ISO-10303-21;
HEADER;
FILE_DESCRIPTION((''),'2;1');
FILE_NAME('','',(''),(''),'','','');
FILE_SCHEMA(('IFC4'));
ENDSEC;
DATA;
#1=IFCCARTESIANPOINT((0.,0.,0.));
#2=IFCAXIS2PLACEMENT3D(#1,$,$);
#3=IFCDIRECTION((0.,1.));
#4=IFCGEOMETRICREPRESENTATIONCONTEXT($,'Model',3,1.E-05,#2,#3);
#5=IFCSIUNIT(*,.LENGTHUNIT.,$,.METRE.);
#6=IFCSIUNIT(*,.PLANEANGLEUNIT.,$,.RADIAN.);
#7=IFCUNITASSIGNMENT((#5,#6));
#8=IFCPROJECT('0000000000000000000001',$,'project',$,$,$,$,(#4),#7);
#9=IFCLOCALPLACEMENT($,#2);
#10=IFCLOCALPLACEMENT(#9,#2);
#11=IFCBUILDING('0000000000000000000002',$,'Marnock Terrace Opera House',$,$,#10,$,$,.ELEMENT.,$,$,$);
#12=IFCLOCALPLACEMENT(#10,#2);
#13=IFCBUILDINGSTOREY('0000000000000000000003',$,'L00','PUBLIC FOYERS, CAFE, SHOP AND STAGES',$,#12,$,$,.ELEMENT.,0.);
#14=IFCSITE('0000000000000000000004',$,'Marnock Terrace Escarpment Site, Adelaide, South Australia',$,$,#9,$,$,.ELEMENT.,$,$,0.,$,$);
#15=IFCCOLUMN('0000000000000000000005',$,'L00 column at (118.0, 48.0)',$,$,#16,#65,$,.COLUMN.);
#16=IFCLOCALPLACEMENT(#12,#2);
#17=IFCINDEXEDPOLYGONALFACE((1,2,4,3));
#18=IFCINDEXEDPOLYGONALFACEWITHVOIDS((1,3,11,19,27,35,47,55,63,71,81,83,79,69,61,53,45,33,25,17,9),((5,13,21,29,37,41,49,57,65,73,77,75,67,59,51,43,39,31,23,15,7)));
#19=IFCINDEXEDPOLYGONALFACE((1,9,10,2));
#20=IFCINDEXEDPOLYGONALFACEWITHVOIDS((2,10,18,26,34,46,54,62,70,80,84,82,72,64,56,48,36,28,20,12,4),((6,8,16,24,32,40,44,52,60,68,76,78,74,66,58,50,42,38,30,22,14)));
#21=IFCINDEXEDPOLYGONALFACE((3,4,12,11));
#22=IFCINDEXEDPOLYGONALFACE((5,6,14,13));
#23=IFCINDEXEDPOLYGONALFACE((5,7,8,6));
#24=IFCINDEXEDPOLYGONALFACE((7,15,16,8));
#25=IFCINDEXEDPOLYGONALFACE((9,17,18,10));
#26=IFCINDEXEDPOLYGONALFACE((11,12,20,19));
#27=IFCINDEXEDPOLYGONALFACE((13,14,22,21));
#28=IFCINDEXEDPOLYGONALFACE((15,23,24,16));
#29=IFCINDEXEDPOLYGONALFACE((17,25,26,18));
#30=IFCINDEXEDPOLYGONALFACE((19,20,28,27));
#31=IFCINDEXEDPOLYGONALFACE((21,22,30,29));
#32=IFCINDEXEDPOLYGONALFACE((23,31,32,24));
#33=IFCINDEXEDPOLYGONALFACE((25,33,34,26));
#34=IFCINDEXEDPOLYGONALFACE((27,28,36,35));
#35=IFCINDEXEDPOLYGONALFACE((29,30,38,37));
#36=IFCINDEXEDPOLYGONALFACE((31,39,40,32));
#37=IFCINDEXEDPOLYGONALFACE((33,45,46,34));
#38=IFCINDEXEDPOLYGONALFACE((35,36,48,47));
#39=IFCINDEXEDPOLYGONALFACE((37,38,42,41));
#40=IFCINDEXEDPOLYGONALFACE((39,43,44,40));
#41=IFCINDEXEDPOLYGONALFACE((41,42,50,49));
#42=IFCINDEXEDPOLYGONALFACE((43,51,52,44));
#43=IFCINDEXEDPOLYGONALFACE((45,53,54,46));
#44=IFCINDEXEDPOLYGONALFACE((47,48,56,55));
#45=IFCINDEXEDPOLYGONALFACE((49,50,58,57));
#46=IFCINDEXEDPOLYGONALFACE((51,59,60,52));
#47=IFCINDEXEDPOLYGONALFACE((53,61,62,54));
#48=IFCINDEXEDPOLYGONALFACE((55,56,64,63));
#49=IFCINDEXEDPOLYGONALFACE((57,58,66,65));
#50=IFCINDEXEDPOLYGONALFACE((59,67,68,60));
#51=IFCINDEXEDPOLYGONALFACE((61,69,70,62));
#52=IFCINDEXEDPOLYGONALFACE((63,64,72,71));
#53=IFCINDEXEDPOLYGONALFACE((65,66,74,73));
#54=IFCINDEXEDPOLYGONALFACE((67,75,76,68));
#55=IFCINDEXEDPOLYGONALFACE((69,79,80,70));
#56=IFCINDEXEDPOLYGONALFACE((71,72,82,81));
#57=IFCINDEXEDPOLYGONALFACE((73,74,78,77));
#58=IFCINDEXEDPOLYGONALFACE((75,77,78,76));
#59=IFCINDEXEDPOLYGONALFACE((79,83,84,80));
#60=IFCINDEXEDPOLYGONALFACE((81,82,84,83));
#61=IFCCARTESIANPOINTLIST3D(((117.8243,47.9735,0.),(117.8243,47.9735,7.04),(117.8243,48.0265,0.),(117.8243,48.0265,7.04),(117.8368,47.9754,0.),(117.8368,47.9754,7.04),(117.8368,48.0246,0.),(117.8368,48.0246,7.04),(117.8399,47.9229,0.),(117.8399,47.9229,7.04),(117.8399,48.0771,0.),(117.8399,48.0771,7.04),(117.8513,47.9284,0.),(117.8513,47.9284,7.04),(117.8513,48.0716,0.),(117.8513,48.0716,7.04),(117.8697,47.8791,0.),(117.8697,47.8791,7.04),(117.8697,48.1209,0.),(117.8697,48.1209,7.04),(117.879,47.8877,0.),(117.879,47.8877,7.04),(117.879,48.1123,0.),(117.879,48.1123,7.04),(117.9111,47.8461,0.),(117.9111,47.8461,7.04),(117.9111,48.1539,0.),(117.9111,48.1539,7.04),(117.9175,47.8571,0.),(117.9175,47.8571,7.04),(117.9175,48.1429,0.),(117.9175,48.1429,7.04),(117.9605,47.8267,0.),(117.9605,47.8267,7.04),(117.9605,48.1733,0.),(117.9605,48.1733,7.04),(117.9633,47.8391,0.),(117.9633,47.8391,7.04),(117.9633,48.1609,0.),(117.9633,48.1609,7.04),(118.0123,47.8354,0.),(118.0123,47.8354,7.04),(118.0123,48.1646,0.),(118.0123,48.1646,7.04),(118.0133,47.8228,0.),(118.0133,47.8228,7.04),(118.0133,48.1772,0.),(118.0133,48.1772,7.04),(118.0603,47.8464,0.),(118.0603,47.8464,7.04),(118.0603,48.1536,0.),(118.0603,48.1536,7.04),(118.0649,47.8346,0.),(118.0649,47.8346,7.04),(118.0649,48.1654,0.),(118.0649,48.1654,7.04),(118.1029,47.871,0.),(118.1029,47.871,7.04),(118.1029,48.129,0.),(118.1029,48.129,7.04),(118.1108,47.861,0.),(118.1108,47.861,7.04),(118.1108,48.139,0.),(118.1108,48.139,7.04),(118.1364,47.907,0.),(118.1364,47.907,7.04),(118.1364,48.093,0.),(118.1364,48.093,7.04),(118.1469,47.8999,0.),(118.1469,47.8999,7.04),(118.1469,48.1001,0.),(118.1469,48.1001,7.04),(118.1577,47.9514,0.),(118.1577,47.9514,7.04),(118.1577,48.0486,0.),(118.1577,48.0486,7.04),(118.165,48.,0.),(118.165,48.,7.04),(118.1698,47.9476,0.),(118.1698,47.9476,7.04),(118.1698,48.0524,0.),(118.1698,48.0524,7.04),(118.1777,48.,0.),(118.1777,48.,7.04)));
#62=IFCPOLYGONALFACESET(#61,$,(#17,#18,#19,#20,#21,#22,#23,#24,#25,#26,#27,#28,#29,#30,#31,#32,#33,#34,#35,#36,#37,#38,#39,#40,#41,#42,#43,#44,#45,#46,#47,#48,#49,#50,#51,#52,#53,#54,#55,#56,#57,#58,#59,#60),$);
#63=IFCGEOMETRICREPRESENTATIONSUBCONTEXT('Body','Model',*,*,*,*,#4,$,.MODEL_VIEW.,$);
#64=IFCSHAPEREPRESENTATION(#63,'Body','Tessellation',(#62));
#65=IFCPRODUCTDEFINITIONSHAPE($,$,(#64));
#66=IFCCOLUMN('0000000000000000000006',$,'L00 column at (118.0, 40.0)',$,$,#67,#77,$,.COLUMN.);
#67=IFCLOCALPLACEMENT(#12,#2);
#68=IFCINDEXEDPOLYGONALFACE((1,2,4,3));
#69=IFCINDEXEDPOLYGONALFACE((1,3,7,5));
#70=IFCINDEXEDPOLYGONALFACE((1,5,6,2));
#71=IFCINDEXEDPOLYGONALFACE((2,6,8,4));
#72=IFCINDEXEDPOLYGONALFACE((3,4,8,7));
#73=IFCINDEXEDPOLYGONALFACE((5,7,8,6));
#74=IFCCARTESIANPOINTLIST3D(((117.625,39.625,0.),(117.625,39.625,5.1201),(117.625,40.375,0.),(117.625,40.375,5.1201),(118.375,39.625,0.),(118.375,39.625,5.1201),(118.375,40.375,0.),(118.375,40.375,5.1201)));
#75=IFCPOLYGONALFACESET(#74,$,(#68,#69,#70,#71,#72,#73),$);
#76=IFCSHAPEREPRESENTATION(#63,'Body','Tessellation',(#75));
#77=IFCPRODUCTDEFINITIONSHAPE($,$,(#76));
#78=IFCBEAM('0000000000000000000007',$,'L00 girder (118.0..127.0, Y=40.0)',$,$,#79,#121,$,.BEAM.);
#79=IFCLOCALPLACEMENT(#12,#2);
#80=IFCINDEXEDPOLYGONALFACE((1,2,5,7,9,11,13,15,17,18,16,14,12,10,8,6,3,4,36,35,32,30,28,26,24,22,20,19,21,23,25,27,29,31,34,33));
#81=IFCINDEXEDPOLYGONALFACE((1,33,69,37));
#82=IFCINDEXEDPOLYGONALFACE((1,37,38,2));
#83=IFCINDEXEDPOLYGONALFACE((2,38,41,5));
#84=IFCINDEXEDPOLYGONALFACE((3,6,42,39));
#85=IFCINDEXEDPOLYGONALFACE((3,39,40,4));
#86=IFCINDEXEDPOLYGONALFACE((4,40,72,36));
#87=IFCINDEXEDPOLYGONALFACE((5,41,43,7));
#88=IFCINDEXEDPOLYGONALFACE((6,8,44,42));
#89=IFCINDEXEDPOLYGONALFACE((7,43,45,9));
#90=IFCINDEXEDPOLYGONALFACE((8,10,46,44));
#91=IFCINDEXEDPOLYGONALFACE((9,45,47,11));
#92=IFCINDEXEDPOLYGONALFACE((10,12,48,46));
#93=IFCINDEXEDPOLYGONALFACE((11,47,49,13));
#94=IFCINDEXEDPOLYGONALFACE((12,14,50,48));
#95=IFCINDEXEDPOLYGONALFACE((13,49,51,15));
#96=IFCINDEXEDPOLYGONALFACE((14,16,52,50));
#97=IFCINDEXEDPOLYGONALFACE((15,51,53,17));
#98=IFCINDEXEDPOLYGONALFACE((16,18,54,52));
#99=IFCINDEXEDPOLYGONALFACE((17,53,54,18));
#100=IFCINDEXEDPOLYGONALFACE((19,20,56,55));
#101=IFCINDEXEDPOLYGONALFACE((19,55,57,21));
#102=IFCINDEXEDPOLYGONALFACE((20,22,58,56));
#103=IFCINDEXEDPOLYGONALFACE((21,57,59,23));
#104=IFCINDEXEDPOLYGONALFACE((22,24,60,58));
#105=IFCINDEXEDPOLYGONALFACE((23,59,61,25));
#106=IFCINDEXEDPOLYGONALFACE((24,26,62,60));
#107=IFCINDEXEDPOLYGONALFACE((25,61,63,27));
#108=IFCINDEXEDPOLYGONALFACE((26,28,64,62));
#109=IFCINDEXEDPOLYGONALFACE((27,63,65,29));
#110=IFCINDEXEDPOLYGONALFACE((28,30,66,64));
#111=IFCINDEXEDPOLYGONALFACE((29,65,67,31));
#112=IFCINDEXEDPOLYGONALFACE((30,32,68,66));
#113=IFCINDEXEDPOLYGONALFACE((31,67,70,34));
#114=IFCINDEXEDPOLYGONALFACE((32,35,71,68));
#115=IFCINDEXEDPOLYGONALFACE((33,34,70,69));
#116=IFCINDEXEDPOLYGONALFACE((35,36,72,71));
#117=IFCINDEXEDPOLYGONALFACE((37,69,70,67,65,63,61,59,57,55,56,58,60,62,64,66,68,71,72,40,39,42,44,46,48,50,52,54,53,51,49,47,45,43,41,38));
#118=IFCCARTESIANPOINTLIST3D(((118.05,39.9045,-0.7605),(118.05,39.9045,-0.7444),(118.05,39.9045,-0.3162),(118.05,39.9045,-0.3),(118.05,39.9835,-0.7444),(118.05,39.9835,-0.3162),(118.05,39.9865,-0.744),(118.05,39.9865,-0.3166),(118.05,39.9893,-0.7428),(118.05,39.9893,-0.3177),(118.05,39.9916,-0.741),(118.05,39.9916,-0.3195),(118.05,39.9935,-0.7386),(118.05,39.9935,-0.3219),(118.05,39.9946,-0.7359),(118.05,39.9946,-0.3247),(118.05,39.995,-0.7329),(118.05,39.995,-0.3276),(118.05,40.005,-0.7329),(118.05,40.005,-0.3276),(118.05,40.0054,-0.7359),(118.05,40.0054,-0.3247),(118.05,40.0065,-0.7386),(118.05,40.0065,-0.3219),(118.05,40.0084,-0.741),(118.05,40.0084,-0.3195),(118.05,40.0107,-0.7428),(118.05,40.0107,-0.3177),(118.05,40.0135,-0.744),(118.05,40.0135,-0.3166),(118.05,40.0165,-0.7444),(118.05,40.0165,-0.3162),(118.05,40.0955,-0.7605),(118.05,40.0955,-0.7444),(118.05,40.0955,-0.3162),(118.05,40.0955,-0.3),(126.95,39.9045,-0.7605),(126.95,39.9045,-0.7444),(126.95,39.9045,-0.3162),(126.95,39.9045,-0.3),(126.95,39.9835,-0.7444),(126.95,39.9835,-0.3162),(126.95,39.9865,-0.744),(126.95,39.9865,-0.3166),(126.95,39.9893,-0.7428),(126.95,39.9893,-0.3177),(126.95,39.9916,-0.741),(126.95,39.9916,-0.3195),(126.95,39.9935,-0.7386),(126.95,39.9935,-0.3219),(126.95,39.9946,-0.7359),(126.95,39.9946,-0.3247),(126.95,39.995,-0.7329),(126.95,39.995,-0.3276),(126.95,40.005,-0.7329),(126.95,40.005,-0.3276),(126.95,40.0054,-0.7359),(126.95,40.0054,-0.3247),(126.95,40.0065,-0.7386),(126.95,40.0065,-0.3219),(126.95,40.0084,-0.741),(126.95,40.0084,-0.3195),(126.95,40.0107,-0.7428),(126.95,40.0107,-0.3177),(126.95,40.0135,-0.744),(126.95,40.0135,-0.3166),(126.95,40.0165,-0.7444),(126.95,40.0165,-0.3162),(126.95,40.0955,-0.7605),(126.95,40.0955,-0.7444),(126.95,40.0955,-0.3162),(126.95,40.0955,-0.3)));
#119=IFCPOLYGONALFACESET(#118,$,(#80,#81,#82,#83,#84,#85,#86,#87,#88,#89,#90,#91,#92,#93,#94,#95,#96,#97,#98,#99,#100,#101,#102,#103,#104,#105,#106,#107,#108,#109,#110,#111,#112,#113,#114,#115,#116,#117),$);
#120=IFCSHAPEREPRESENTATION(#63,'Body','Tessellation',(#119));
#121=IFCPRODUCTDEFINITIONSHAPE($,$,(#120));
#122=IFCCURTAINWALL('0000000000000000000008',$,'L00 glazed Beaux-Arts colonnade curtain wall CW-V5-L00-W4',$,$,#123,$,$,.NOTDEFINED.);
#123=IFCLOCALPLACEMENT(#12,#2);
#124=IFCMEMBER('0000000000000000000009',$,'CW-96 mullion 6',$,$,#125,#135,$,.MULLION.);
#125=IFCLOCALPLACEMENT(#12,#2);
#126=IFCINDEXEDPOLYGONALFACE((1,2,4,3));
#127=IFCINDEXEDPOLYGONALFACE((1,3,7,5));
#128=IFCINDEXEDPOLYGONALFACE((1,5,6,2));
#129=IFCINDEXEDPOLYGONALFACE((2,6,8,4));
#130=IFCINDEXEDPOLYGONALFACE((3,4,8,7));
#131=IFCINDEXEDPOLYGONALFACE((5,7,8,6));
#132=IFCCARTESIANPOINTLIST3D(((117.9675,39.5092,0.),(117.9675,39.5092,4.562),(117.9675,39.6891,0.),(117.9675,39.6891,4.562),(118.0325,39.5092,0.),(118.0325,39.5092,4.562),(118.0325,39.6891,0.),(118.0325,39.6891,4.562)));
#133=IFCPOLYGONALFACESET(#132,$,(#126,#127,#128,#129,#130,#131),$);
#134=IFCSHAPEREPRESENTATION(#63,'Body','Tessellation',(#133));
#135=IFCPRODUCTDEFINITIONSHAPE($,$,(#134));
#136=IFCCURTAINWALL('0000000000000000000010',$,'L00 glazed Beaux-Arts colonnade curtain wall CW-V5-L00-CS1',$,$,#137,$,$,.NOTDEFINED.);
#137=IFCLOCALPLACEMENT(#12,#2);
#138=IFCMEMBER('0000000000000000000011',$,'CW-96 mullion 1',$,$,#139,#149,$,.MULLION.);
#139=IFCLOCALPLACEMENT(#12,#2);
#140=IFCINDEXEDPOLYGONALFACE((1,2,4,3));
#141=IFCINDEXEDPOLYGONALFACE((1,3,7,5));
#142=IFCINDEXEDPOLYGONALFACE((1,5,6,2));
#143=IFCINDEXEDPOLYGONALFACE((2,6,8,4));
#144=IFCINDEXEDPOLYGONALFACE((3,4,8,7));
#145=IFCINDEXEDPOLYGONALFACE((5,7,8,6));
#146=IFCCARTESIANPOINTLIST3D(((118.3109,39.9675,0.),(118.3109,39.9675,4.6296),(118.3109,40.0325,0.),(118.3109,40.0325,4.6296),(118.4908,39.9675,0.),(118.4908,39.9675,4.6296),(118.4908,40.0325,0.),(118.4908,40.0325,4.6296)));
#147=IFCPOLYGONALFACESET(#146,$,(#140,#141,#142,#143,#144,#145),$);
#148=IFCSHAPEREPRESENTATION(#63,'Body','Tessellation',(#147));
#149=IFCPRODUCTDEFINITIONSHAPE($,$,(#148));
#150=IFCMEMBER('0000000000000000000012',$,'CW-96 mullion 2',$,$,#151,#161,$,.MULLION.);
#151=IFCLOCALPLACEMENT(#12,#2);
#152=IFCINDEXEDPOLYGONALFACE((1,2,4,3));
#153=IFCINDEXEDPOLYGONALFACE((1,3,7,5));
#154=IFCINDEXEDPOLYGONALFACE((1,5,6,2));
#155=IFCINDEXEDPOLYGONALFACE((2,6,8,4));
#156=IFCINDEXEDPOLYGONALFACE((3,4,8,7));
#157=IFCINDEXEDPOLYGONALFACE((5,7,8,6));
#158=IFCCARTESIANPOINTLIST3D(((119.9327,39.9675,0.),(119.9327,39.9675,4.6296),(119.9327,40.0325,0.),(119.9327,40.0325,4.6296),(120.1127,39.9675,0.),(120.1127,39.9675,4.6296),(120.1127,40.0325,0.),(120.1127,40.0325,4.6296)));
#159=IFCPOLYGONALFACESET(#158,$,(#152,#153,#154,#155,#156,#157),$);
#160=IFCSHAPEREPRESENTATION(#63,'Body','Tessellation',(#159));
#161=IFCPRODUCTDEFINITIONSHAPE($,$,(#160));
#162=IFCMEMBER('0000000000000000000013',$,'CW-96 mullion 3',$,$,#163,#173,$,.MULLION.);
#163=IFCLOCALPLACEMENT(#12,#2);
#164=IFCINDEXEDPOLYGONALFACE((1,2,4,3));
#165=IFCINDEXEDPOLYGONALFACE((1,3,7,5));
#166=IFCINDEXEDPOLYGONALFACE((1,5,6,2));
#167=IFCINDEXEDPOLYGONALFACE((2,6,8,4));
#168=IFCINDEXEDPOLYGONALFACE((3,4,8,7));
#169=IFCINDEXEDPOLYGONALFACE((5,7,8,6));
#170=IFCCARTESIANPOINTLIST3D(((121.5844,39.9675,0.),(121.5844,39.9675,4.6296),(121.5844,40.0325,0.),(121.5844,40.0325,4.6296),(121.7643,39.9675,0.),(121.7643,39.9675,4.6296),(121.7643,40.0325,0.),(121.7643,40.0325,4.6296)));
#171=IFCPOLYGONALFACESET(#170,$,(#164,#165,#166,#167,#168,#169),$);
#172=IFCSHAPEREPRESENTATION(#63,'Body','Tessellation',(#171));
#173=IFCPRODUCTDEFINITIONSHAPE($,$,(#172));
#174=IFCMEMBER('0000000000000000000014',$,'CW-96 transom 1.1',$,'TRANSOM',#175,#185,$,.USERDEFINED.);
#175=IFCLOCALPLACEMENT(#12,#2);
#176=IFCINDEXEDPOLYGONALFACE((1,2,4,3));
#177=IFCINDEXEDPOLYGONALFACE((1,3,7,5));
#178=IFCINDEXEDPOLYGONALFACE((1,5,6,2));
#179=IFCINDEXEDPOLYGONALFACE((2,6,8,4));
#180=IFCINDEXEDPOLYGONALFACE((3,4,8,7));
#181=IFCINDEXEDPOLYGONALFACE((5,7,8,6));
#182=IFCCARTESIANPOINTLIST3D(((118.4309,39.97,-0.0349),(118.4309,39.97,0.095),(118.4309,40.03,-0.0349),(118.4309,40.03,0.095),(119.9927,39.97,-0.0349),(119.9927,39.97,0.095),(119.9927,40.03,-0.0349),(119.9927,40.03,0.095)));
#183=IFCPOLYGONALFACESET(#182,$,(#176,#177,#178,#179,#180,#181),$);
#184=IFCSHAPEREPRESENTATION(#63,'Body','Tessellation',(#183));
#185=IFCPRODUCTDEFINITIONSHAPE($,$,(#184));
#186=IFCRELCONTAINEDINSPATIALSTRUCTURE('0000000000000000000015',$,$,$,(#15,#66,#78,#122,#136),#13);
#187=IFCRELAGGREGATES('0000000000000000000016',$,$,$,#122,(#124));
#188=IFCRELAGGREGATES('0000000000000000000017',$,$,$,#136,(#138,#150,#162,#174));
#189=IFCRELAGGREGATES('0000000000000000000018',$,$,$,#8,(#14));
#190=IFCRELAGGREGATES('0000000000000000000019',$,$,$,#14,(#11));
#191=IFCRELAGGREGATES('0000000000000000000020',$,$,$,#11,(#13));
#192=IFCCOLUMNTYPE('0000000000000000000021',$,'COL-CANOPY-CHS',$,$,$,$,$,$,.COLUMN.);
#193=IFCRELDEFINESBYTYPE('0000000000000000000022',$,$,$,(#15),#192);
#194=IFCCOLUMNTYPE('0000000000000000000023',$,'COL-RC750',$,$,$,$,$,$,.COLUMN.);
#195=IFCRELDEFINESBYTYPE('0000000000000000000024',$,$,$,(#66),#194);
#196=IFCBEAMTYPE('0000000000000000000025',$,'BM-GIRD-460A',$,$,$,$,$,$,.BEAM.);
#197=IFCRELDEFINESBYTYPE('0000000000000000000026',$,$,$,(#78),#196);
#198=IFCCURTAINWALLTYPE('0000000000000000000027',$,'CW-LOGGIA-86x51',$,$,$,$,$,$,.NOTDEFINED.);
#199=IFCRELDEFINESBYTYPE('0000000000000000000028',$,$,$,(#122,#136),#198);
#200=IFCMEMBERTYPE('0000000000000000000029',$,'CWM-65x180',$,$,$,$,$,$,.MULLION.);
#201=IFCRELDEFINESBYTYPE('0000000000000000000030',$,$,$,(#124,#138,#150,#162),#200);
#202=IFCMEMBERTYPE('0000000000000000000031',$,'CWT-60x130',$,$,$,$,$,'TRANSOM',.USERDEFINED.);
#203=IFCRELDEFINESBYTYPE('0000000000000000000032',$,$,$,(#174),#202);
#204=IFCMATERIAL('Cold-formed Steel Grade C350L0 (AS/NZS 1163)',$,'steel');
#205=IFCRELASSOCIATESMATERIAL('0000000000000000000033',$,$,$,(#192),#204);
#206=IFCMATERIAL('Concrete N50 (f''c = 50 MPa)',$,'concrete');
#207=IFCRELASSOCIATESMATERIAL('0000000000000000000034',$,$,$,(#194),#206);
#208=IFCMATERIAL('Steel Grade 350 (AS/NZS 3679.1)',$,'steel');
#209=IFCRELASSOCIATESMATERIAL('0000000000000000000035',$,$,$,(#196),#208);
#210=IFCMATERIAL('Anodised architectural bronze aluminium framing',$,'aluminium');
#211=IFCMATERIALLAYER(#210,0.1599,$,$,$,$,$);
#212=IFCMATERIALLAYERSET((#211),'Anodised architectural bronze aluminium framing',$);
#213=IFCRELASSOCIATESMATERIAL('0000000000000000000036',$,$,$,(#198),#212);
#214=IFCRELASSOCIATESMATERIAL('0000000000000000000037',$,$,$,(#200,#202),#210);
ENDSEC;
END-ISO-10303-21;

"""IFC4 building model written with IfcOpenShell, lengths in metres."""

from ifc_helpers import new_model, si_unit, direction, frame, origin, origin_2d, place, context, subcontext, project, spatial, rectangle, hollow_circle, i_section, extrude, material, layer, layer_set, material_profile, profile_set, type_object, element, aggregate, save


model = new_model("IFC4")

# Units and contexts
model_context = context("Model", 3, precision=1e-05, world=origin(), true_north=direction((0.0, 1.0)))
body_context = subcontext(model_context, "Body", "Model", "MODEL_VIEW")
ifc_project = project(units=[si_unit("LENGTHUNIT", "METRE"), si_unit("PLANEANGLEUNIT", "RADIAN")], contexts=[model_context])

# Site, building, storey
site_placement = place(None, origin())
site = spatial("IfcSite", under=ifc_project, at=site_placement, Name="Marnock Terrace Escarpment Site, Adelaide, South Australia", CompositionType="ELEMENT", RefElevation=0.0)
building_placement = place(site_placement, origin())
building = spatial("IfcBuilding", under=site, at=building_placement, Name="Marnock Terrace Opera House", CompositionType="ELEMENT")
storey_placement = place(building_placement, origin())
storey = spatial("IfcBuildingStorey", under=building, at=storey_placement, Name="L00", Description="PUBLIC FOYERS, CAFE, SHOP AND STAGES", CompositionType="ELEMENT", Elevation=0.0)

# Columns
ifc_material_1 = material(Name="Cold-formed Steel Grade C350L0 (AS/NZS 1163)", Category="steel")
ifc_material_profile_1 = material_profile(ifc_material_1, hollow_circle(Radius=0.1777, WallThickness=0.0127, at=origin_2d()))
ifc_profile_set_1 = profile_set([ifc_material_profile_1], Name="Cold-formed Steel Grade C350L0 (AS/NZS 1163)")
column_type_1 = type_object("IfcColumnType", Name="COL-CANOPY-CHS", PredefinedType="COLUMN", material=ifc_profile_set_1)
column_1_placement = place(storey_placement, frame((118.0, 48.0, 0.0), z_axis=(0.0, 0.0, 1.0), x_axis=(1.0, 0.0, 0.0)))
element("IfcColumn", 1, at=column_1_placement, inside=storey, type_object=column_type_1, Name="L00 column at (118.0, 48.0)", PredefinedType="COLUMN", context=body_context, shape_type="SweptSolid", body=[
    extrude(hollow_circle(Radius=0.1777, WallThickness=0.0127, at=origin_2d()), origin(), (0.0, 0.0, 1.0), 7.04),
])
ifc_material_2 = material(Name="Concrete N50 (f'c = 50 MPa)", Category="concrete")
ifc_material_profile_2 = material_profile(ifc_material_2, rectangle(XDim=0.75, YDim=0.75, at=origin_2d()))
ifc_profile_set_2 = profile_set([ifc_material_profile_2], Name="Concrete N50 (f'c = 50 MPa)")
column_type_2 = type_object("IfcColumnType", Name="COL-RC750", PredefinedType="COLUMN", material=ifc_profile_set_2)
column_2_placement = place(storey_placement, frame((118.0, 40.0, 0.0), z_axis=(0.0, 0.0, 1.0), x_axis=(1.0, 0.0, 0.0)))
element("IfcColumn", 2, at=column_2_placement, inside=storey, type_object=column_type_2, Name="L00 column at (118.0, 40.0)", PredefinedType="COLUMN", context=body_context, shape_type="SweptSolid", body=[
    extrude(rectangle(XDim=0.75, YDim=0.75, at=origin_2d()), origin(), (0.0, 0.0, 1.0), 5.1201),
])

# Beam
ifc_material_3 = material(Name="Steel Grade 350 (AS/NZS 3679.1)", Category="steel")
ifc_material_profile_3 = material_profile(ifc_material_3, i_section(OverallWidth=0.1909, OverallDepth=0.4604, WebThickness=0.01, FlangeThickness=0.0161, FilletRadius=0.0115, at=origin_2d()))
ifc_profile_set_3 = profile_set([ifc_material_profile_3], Name="Steel Grade 350 (AS/NZS 3679.1)")
beam_type = type_object("IfcBeamType", Name="BM-GIRD-460A", PredefinedType="BEAM", material=ifc_profile_set_3)
beam_placement = place(storey_placement, frame((118.05, 40.0, -0.5303), z_axis=(1.0, 0.0, 0.0), x_axis=(0.0, 1.0, 0.0)))
element("IfcBeam", 3, at=beam_placement, inside=storey, type_object=beam_type, Name="L00 girder (118.0..127.0, Y=40.0)", PredefinedType="BEAM", context=body_context, shape_type="SweptSolid", body=[
    extrude(i_section(OverallWidth=0.1909, OverallDepth=0.4604, WebThickness=0.01, FlangeThickness=0.0161, FilletRadius=0.0115, at=origin_2d()), origin(), (0.0, 0.0, 1.0), 8.8999),
])

# Curtain wall, member
ifc_material_4 = material(Name="Anodised architectural bronze aluminium framing", Category="aluminium")
ifc_layer_1 = layer(ifc_material_4, 0.1599)
ifc_layer_set_1 = layer_set([ifc_layer_1], Name="Anodised architectural bronze aluminium framing")
curtain_wall_type = type_object("IfcCurtainWallType", Name="CW-LOGGIA-86x51", PredefinedType="NOTDEFINED", material=ifc_layer_set_1)
curtain_wall_1_placement = place(storey_placement, origin())
curtain_wall_1 = element("IfcCurtainWall", 4, at=curtain_wall_1_placement, inside=storey, type_object=curtain_wall_type, Name="L00 glazed Beaux-Arts colonnade curtain wall CW-V5-L00-W4", PredefinedType="NOTDEFINED")
ifc_material_profile_4 = material_profile(ifc_material_4, rectangle(XDim=0.0649, YDim=0.1799, at=origin_2d()))
ifc_profile_set_4 = profile_set([ifc_material_profile_4], Name="Anodised architectural bronze aluminium framing")
member_type_1 = type_object("IfcMemberType", Name="CWM-65x180", PredefinedType="MULLION", material=ifc_profile_set_4)
member_1_placement = place(storey_placement, frame((118.0, 39.5991, 0.0), z_axis=(0.0, 0.0, 1.0), x_axis=(-1.0, 0.0, 0.0)))
member_1 = element("IfcMember", 5, at=member_1_placement, type_object=member_type_1, Name="CW-96 mullion 6", PredefinedType="MULLION", context=body_context, shape_type="SweptSolid", body=[
    extrude(rectangle(XDim=0.0649, YDim=0.1799, at=origin_2d()), origin(), (0.0, 0.0, 1.0), 4.562),
])
aggregate(curtain_wall_1, [member_1])

# Curtain wall, members
curtain_wall_2_placement = place(storey_placement, origin())
curtain_wall_2 = element("IfcCurtainWall", 6, at=curtain_wall_2_placement, inside=storey, type_object=curtain_wall_type, Name="L00 glazed Beaux-Arts colonnade curtain wall CW-V5-L00-CS1", PredefinedType="NOTDEFINED")
member_2_placement = place(storey_placement, frame((118.4009, 40.0, 0.0), z_axis=(0.0, 0.0, 1.0), x_axis=(0.0, 1.0, 0.0)))
member_2 = element("IfcMember", 7, at=member_2_placement, type_object=member_type_1, Name="CW-96 mullion 1", PredefinedType="MULLION", context=body_context, shape_type="SweptSolid", body=[
    extrude(rectangle(XDim=0.0649, YDim=0.1799, at=origin_2d()), origin(), (0.0, 0.0, 1.0), 4.6296),
])
member_3_placement = place(storey_placement, frame((120.0227, 40.0, 0.0), z_axis=(0.0, 0.0, 1.0), x_axis=(0.0, 1.0, 0.0)))
member_3 = element("IfcMember", 8, at=member_3_placement, type_object=member_type_1, Name="CW-96 mullion 2", PredefinedType="MULLION", context=body_context, shape_type="SweptSolid", body=[
    extrude(rectangle(XDim=0.0649, YDim=0.1799, at=origin_2d()), origin(), (0.0, 0.0, 1.0), 4.6296),
])
member_4_placement = place(storey_placement, frame((121.6743, 40.0, 0.0), z_axis=(0.0, 0.0, 1.0), x_axis=(0.0, 1.0, 0.0)))
member_4 = element("IfcMember", 9, at=member_4_placement, type_object=member_type_1, Name="CW-96 mullion 3", PredefinedType="MULLION", context=body_context, shape_type="SweptSolid", body=[
    extrude(rectangle(XDim=0.0649, YDim=0.1799, at=origin_2d()), origin(), (0.0, 0.0, 1.0), 4.6296),
])
ifc_material_profile_5 = material_profile(ifc_material_4, rectangle(XDim=0.0601, YDim=0.1299, at=origin_2d()))
ifc_profile_set_5 = profile_set([ifc_material_profile_5], Name="Anodised architectural bronze aluminium framing")
member_type_2 = type_object("IfcMemberType", Name="CWT-60x130", ElementType="TRANSOM", PredefinedType="USERDEFINED", material=ifc_profile_set_5)
member_5_placement = place(storey_placement, frame((118.4309, 40.0, 0.03), z_axis=(1.0, 0.0, 0.0), x_axis=(0.0, 1.0, 0.0)))
member_5 = element("IfcMember", 10, at=member_5_placement, type_object=member_type_2, Name="CW-96 transom 1.1", ObjectType="TRANSOM", PredefinedType="USERDEFINED", context=body_context, shape_type="SweptSolid", body=[
    extrude(rectangle(XDim=0.0601, YDim=0.1299, at=origin_2d()), origin(), (0.0, 0.0, 1.0), 1.5618),
])
aggregate(curtain_wall_2, [member_2, member_3, member_4, member_5])

save(model, "model.ifc")
